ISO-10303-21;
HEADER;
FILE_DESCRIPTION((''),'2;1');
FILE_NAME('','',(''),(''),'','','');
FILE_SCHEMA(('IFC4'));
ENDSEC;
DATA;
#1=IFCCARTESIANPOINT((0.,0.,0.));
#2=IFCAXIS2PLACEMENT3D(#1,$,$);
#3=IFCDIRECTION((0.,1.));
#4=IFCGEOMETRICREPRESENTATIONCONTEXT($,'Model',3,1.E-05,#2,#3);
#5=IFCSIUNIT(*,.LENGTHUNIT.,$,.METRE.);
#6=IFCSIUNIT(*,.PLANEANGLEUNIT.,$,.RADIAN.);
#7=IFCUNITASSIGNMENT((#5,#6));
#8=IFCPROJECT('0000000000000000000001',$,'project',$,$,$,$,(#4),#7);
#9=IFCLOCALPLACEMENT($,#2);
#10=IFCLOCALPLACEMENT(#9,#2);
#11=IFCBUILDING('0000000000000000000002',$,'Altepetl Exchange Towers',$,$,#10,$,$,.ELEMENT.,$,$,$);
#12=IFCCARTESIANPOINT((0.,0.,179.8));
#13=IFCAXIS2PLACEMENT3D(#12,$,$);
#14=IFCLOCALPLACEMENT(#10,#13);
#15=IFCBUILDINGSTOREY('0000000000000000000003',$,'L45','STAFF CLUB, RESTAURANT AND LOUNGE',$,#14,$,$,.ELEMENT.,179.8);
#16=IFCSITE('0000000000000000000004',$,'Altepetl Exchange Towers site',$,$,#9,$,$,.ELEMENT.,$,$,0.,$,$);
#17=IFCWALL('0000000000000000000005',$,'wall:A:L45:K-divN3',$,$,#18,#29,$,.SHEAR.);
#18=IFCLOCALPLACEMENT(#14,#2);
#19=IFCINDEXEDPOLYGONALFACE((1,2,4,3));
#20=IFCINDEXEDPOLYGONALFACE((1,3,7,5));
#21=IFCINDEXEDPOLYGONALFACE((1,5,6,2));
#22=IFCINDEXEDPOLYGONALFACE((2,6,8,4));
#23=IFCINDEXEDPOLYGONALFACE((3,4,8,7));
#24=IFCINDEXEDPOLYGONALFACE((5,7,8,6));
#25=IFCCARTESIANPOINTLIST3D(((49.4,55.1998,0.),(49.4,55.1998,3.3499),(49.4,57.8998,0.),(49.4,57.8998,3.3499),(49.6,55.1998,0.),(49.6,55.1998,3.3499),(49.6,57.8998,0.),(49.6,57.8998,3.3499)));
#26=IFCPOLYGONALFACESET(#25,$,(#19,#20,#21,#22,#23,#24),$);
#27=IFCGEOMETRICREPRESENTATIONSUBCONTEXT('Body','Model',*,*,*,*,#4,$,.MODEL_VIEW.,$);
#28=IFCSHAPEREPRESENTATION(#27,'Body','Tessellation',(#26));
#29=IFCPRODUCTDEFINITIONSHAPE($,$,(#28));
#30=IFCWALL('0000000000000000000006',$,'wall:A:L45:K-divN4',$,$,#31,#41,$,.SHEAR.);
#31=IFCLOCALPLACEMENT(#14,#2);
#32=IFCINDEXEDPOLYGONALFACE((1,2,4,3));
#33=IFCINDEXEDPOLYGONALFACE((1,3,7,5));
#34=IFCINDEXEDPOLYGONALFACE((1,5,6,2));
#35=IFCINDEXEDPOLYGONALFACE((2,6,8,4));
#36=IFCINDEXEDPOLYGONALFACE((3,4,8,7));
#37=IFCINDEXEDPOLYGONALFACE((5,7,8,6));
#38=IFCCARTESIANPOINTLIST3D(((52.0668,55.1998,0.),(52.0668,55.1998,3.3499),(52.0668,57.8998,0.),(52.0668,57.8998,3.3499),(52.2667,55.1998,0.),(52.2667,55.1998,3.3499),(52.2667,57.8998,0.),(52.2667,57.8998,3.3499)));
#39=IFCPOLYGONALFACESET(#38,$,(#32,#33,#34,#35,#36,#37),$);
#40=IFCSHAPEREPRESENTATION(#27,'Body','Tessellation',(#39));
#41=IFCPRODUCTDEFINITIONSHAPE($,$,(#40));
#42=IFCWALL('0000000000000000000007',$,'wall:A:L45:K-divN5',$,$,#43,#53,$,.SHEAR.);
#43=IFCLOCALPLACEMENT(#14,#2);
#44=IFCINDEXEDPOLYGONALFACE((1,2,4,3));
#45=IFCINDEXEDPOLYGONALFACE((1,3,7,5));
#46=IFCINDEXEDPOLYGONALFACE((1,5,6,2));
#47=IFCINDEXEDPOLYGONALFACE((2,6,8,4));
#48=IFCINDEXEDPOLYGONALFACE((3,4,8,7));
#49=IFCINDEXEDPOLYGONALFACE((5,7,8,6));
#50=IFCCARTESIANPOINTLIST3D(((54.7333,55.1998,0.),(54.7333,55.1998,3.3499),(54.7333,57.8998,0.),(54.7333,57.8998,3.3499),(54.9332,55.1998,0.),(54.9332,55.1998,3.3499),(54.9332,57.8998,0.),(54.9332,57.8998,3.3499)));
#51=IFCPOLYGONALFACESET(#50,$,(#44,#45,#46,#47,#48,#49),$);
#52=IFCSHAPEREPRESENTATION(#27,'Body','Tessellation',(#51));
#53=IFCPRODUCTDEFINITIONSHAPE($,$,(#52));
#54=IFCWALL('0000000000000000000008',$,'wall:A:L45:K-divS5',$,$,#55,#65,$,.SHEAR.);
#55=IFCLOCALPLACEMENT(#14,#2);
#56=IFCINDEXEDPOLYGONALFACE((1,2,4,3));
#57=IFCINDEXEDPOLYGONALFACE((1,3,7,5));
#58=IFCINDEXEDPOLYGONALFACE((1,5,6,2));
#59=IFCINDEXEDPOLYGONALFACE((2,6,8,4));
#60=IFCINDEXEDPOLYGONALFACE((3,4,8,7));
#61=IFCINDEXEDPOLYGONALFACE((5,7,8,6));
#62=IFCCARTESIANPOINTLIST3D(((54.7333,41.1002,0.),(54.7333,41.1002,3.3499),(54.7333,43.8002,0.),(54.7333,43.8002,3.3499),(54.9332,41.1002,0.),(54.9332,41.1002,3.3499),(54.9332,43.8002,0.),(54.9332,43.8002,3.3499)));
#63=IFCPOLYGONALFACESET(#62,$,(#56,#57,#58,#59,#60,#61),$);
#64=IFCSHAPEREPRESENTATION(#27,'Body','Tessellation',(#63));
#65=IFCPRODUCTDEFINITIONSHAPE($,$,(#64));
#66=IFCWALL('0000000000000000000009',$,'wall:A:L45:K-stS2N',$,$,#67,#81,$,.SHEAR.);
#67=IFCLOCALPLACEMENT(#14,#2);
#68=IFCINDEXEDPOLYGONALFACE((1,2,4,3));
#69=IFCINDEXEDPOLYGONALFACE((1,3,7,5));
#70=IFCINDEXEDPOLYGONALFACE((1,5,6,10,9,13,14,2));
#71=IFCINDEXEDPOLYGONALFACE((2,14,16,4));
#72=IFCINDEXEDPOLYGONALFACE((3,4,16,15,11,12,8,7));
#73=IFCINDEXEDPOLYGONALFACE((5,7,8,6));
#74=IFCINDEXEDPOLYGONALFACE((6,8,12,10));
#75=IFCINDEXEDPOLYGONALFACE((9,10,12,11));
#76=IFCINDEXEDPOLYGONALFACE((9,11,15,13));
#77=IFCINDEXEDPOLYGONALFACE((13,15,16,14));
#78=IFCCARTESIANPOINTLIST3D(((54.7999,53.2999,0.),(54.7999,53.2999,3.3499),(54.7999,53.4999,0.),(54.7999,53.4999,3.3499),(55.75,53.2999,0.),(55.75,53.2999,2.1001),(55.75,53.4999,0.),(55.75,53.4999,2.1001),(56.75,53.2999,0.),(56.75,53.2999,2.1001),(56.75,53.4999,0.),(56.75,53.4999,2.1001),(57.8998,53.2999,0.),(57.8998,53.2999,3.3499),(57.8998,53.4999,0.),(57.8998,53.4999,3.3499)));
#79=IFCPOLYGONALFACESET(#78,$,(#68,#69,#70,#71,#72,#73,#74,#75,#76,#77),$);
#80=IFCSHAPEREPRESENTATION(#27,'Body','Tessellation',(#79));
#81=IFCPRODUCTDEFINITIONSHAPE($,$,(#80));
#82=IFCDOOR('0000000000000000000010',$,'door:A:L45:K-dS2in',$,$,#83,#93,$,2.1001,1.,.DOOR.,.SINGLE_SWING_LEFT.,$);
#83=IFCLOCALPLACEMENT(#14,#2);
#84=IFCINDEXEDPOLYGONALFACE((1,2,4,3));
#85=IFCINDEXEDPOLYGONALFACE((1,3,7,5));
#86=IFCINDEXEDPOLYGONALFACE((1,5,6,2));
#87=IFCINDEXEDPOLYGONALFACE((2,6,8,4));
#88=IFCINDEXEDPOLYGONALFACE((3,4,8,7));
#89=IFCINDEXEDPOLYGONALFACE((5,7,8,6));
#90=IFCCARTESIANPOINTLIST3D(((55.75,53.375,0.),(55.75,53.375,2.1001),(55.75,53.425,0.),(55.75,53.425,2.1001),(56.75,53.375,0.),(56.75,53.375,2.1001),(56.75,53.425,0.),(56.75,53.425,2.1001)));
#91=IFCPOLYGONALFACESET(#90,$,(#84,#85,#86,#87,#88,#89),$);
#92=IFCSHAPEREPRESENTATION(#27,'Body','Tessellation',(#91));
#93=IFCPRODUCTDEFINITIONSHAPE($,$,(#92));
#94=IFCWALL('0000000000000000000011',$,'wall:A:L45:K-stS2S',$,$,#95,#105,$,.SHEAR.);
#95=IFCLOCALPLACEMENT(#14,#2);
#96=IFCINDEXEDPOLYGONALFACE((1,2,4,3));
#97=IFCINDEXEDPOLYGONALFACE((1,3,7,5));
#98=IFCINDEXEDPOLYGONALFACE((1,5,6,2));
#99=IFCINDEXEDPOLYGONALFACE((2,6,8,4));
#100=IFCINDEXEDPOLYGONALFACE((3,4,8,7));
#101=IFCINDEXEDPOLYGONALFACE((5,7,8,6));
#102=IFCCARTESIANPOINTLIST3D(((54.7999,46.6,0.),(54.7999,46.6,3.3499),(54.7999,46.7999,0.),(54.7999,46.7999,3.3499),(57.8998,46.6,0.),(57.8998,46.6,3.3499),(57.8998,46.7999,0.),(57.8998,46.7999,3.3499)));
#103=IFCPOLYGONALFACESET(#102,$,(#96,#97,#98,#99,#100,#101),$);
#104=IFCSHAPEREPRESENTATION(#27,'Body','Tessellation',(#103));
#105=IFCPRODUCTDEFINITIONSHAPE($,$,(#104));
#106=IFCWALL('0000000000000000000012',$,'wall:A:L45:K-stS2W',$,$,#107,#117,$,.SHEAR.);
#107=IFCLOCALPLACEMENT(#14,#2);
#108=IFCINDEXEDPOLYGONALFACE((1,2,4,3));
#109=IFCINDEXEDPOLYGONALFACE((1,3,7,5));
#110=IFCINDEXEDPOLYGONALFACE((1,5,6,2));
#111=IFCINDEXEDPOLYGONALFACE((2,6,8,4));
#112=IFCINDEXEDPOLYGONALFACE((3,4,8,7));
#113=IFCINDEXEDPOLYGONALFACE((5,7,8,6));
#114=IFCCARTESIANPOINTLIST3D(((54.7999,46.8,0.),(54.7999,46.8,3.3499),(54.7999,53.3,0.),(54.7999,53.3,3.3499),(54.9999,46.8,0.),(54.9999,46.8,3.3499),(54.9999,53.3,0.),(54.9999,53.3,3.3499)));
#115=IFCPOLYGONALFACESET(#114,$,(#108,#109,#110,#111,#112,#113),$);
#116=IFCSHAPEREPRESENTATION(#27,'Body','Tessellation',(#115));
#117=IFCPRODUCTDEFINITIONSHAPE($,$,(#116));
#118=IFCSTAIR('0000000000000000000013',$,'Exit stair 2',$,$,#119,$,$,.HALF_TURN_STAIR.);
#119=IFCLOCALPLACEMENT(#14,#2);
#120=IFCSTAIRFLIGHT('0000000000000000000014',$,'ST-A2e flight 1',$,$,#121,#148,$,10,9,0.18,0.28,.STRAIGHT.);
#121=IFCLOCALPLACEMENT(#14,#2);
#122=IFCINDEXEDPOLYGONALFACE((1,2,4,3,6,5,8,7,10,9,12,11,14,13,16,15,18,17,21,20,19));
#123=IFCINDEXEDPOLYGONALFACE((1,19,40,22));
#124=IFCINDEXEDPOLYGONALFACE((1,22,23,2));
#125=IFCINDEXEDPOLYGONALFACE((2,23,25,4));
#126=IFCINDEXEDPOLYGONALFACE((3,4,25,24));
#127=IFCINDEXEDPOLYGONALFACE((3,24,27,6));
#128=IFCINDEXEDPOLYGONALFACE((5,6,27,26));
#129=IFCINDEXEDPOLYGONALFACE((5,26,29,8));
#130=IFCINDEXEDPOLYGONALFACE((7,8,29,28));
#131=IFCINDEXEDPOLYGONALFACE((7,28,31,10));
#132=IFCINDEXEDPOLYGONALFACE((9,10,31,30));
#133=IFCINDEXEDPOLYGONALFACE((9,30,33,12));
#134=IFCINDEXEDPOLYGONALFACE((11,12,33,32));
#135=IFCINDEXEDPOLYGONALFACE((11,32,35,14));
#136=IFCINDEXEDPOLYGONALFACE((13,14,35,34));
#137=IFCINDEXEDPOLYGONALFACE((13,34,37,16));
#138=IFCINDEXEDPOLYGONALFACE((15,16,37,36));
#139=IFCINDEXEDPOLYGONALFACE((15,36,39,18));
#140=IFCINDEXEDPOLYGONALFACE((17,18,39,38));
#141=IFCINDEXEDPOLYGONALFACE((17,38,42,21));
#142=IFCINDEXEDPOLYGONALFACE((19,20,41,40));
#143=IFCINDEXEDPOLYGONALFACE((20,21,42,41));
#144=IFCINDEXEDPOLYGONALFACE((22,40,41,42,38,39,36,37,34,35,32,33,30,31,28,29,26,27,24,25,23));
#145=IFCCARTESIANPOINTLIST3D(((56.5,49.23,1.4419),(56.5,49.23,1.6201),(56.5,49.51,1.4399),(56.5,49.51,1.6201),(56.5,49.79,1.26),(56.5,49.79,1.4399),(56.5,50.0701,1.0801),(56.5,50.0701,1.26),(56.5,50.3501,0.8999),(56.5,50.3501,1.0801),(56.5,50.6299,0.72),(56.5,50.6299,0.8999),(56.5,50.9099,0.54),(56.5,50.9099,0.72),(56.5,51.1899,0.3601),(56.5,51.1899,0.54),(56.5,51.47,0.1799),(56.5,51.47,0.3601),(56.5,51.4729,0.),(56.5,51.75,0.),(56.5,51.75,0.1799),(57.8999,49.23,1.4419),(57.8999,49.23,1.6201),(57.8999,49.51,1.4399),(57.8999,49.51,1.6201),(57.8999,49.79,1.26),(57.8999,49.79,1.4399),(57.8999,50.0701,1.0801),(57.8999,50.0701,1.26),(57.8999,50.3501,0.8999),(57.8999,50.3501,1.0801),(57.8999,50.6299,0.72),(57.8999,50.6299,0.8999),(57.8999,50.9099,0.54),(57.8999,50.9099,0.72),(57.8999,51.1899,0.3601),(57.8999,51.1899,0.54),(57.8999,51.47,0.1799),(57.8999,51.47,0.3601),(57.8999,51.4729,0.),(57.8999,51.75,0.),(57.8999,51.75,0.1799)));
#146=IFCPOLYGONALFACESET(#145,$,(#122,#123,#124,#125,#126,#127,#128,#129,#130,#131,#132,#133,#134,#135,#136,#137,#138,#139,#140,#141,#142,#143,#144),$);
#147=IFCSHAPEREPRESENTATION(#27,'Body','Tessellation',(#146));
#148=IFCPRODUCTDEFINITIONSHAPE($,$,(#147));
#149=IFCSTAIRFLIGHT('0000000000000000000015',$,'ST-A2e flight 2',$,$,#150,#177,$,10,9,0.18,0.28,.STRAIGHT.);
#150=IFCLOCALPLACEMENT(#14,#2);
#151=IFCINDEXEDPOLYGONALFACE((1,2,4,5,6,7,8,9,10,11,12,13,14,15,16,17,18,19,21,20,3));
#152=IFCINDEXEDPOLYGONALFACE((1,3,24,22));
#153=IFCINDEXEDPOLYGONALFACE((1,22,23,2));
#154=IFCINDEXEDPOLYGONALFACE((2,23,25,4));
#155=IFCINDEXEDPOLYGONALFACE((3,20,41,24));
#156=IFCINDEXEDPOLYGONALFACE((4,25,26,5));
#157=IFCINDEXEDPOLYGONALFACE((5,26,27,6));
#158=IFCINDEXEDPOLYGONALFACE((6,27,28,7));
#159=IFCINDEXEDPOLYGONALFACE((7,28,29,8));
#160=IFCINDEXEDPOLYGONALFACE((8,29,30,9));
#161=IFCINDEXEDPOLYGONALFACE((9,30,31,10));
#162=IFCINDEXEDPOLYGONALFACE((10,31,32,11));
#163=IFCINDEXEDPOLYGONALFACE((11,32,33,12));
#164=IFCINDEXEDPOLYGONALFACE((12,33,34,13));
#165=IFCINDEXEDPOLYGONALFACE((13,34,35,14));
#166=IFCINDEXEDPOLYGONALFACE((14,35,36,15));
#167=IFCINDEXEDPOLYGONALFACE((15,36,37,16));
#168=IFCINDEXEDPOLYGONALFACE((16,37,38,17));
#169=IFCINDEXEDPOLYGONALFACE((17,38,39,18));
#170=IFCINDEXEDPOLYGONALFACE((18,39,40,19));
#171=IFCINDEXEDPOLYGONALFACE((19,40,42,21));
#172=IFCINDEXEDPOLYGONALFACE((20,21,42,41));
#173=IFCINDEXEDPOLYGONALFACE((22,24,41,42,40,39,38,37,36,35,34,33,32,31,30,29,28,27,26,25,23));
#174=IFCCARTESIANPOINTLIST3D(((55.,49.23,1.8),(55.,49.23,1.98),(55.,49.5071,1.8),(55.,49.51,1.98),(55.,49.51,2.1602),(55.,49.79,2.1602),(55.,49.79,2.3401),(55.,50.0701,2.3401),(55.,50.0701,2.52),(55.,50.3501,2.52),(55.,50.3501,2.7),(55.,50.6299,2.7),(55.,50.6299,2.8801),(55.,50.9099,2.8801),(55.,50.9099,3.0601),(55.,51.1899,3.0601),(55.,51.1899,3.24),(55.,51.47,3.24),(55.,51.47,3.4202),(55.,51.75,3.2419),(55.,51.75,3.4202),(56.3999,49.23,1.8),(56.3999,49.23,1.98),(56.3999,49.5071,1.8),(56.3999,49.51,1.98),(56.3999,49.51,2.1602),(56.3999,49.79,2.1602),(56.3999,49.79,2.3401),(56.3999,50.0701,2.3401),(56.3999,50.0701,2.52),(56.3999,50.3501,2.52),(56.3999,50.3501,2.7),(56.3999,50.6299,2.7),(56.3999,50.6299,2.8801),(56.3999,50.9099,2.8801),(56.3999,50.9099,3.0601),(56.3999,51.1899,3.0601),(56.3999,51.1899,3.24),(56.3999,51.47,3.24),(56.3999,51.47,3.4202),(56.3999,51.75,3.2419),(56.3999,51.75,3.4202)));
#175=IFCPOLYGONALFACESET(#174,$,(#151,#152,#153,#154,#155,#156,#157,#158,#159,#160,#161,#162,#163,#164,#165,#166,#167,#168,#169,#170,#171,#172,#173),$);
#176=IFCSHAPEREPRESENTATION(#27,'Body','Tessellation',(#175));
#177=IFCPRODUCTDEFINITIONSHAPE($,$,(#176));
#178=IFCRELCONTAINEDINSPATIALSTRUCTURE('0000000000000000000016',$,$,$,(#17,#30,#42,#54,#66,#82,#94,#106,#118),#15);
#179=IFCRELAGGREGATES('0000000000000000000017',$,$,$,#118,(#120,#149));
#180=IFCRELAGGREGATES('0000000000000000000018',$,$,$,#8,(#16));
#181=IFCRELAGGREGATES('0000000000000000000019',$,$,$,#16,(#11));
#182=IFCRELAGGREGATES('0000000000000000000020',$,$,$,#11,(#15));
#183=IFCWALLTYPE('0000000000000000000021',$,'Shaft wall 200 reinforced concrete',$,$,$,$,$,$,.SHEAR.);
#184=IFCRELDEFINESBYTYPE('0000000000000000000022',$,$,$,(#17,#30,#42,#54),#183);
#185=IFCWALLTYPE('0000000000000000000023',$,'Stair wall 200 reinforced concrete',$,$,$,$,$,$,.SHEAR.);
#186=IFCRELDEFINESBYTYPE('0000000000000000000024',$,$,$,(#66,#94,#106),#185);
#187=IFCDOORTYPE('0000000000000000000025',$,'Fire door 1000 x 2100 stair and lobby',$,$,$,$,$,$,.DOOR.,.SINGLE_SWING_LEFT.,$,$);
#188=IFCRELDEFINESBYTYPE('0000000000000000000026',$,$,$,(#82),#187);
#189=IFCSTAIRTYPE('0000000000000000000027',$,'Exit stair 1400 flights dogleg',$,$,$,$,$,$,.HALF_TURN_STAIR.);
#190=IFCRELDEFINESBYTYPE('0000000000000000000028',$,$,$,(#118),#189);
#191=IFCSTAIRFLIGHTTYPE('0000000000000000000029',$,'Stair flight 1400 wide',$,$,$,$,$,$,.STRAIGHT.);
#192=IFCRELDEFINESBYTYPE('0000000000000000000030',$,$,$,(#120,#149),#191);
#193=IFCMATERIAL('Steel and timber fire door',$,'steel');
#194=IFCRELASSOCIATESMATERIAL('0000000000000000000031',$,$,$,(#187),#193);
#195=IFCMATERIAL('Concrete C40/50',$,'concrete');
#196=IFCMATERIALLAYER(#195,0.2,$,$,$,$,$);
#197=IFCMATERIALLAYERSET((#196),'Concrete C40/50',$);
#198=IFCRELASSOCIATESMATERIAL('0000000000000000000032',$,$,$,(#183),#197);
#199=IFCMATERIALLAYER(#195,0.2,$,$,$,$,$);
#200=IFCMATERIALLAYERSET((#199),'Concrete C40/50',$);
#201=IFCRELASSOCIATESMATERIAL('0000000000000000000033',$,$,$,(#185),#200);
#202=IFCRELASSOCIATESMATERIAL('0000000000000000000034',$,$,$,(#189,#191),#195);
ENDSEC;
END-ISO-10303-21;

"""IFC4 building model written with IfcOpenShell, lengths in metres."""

from ifc_helpers import new_model, si_unit, direction, frame, frame_2d, origin, place, context, subcontext, project, spatial, polyline, rectangle, outline, extrude, material, layer, layer_set, type_object, element, fill, aggregate, save


model = new_model("IFC4")

# Units and contexts
model_context = context("Model", 3, precision=1e-05, world=origin(), true_north=direction((0.0, 1.0)))
body_context = subcontext(model_context, "Body", "Model", "MODEL_VIEW")
ifc_project = project(units=[si_unit("LENGTHUNIT", "METRE"), si_unit("PLANEANGLEUNIT", "RADIAN")], contexts=[model_context])

# Site, building, storey
site_placement = place(None, origin())
site = spatial("IfcSite", under=ifc_project, at=site_placement, Name="Altepetl Exchange Towers site", CompositionType="ELEMENT", RefElevation=0.0)
building_placement = place(site_placement, origin())
building = spatial("IfcBuilding", under=site, at=building_placement, Name="Altepetl Exchange Towers", CompositionType="ELEMENT")
storey_placement = place(building_placement, frame((0.0, 0.0, 179.8)))
storey = spatial("IfcBuildingStorey", under=building, at=storey_placement, Name="L45", Description="STAFF CLUB, RESTAURANT AND LOUNGE", CompositionType="ELEMENT", Elevation=179.8)

# Shared definitions
ifc_material_1 = material(Name="Steel and timber fire door", Category="steel")
door_type_1 = type_object("IfcDoorType", Name="Fire door 1000 x 2100 stair and lobby", OperationType="SINGLE_SWING_LEFT", PredefinedType="DOOR", material=ifc_material_1)

# Walls
ifc_material_2 = material(Name="Concrete C40/50", Category="concrete")
ifc_layer_1 = layer(ifc_material_2, 0.2)
ifc_layer_set_1 = layer_set([ifc_layer_1], Name="Concrete C40/50")
wall_type_1 = type_object("IfcWallType", Name="Shaft wall 200 reinforced concrete", PredefinedType="SHEAR", material=ifc_layer_set_1)
for number, where, z_axis, x_axis, name in (
    (1, (49.5, 57.8999, 0.0), (0.0, 0.0, 1.0), (0.0, -1.0, 0.0), "wall:A:L45:K-divN3"),
    (2, (52.1667, 57.8999, 0.0), (0.0, 0.0, 1.0), (0.0, -1.0, 0.0), "wall:A:L45:K-divN4"),
    (3, (54.8333, 57.8999, 0.0), (0.0, 0.0, 1.0), (0.0, -1.0, 0.0), "wall:A:L45:K-divN5"),
    (4, (54.8333, 41.1001, 0.0), (0.0, 0.0, 1.0), (0.0, 1.0, 0.0), "wall:A:L45:K-divS5"),
):
    element("IfcWall", number, at=place(storey_placement, frame(where, z_axis=z_axis, x_axis=x_axis)), inside=storey, type_object=wall_type_1, Name=name, PredefinedType="SHEAR", context=body_context, shape_type="SweptSolid", body=[
        extrude(rectangle(XDim=2.7, YDim=0.2, at=frame_2d((1.3501, 0.0))), origin(), (0.0, 0.0, 1.0), 3.3499),
    ])

# Wall, opening, door
ifc_layer_2 = layer(ifc_material_2, 0.2)
ifc_layer_set_2 = layer_set([ifc_layer_2], Name="Concrete C40/50")
wall_type_2 = type_object("IfcWallType", Name="Stair wall 200 reinforced concrete", PredefinedType="SHEAR", material=ifc_layer_set_2)
wall_1_placement = place(storey_placement, frame((54.8, 53.3999, 0.0)))
wall_1 = element("IfcWall", 5, at=wall_1_placement, inside=storey, type_object=wall_type_2, Name="wall:A:L45:K-stS2N", PredefinedType="SHEAR", context=body_context, shape_type="SweptSolid", body=[
    extrude(rectangle(XDim=3.0999, YDim=0.2, at=frame_2d((1.5498, 0.0))), origin(), (0.0, 0.0, 1.0), 3.3499),
])
opening_1_placement = place(wall_1_placement, frame((0.95, 0.0, 0.0)))
opening_1 = element("IfcOpeningElement", 6, at=opening_1_placement, cuts=wall_1, PredefinedType="OPENING", context=body_context, shape_type="SweptSolid", body=[
    extrude(rectangle(XDim=1.0, YDim=2.1001, at=frame_2d((0.5, 1.05))), frame((0.0, 0.1099, 0.0), z_axis=(0.0, -1.0, 0.0), x_axis=(1.0, 0.0, 0.0)), (0.0, 0.0, 1.0), 0.22),
])
door_1_placement = place(opening_1_placement, frame((1.0, 0.0, 0.0), x_axis=(-1.0, 0.0, 0.0)))
door_1 = element("IfcDoor", 7, at=door_1_placement, inside=storey, type_object=door_type_1, Name="door:A:L45:K-dS2in", OperationType="SINGLE_SWING_LEFT", OverallHeight=2.1001, OverallWidth=1.0, PredefinedType="DOOR", context=body_context, shape_type="SweptSolid", body=[
    extrude(rectangle(XDim=1.0, YDim=2.1001, at=frame_2d((0.5, 1.05))), frame((0.0, 0.0249, 0.0), z_axis=(0.0, -1.0, 0.0), x_axis=(1.0, 0.0, 0.0)), (0.0, 0.0, 1.0), 0.05),
])
fill(opening_1, door_1)

# Walls
wall_2_placement = place(storey_placement, frame((54.8, 46.7, 0.0)))
element("IfcWall", 8, at=wall_2_placement, inside=storey, type_object=wall_type_2, Name="wall:A:L45:K-stS2S", PredefinedType="SHEAR", context=body_context, shape_type="SweptSolid", body=[
    extrude(rectangle(XDim=3.0999, YDim=0.2, at=frame_2d((1.5498, 0.0))), origin(), (0.0, 0.0, 1.0), 3.3499),
])
wall_3_placement = place(storey_placement, frame((54.8999, 46.8, 0.0), z_axis=(0.0, 0.0, 1.0), x_axis=(0.0, 1.0, 0.0)))
element("IfcWall", 9, at=wall_3_placement, inside=storey, type_object=wall_type_2, Name="wall:A:L45:K-stS2W", PredefinedType="SHEAR", context=body_context, shape_type="SweptSolid", body=[
    extrude(rectangle(XDim=6.5, YDim=0.2, at=frame_2d((3.25, 0.0))), origin(), (0.0, 0.0, 1.0), 3.3499),
])

# Stair, stair flights
stair_type = type_object("IfcStairType", Name="Exit stair 1400 flights dogleg", PredefinedType="HALF_TURN_STAIR", material=ifc_material_2)
stair_placement = place(storey_placement, origin())
stair = element("IfcStair", 10, at=stair_placement, inside=storey, type_object=stair_type, Name="Exit stair 2", PredefinedType="HALF_TURN_STAIR")
stair_flight_type = type_object("IfcStairFlightType", Name="Stair flight 1400 wide", PredefinedType="STRAIGHT", material=ifc_material_2)
stair_flight_1_placement = place(storey_placement, frame((57.2, 51.75, 0.0), z_axis=(0.0, 0.0, 1.0), x_axis=(0.0, -1.0, 0.0)))
stair_flight_1 = element("IfcStairFlight", 11, at=stair_flight_1_placement, type_object=stair_flight_type, Name="ST-A2e flight 1", NumberOfRisers=10, NumberOfTreads=9, PredefinedType="STRAIGHT", RiserHeight=0.18, TreadLength=0.28, context=body_context, shape_type="SweptSolid", body=[
    extrude(outline(polyline([(0.0, 0.0), (0.0, 0.1799), (0.28, 0.1799), (0.28, 0.3601), (0.5601, 0.3601), (0.5601, 0.54), (0.8401, 0.54), (0.8401, 0.72), (1.1201, 0.72), (1.1201, 0.8999), (1.3999, 0.8999), (1.3999, 1.0801), (1.6799, 1.0801), (1.6799, 1.26), (1.96, 1.26), (1.96, 1.4399), (2.24, 1.4399), (2.24, 1.6201), (2.52, 1.6201), (2.52, 1.8), (2.52, 1.4419), (0.2771, 0.0), (0.0, 0.0)])), frame((0.0, 0.7, 0.0), z_axis=(0.0, -1.0, 0.0), x_axis=(1.0, 0.0, 0.0)), (0.0, 0.0, 1.0), 1.3999),
])
stair_flight_2_placement = place(storey_placement, frame((55.7, 49.23, 1.8), z_axis=(0.0, 0.0, 1.0), x_axis=(0.0, 1.0, 0.0)))
stair_flight_2 = element("IfcStairFlight", 12, at=stair_flight_2_placement, type_object=stair_flight_type, Name="ST-A2e flight 2", NumberOfRisers=10, NumberOfTreads=9, PredefinedType="STRAIGHT", RiserHeight=0.18, TreadLength=0.28, context=body_context, shape_type="SweptSolid", body=[
    extrude(outline(polyline([(0.0, 0.0), (0.0, 0.1799), (0.28, 0.1799), (0.28, 0.3601), (0.5601, 0.3601), (0.5601, 0.54), (0.8401, 0.54), (0.8401, 0.72), (1.1201, 0.72), (1.1201, 0.8999), (1.3999, 0.8999), (1.3999, 1.0801), (1.6799, 1.0801), (1.6799, 1.26), (1.96, 1.26), (1.96, 1.4399), (2.24, 1.4399), (2.24, 1.6201), (2.52, 1.6201), (2.52, 1.8), (2.52, 1.4419), (0.2771, 0.0), (0.0, 0.0)])), frame((0.0, 0.7, 0.0), z_axis=(0.0, -1.0, 0.0), x_axis=(1.0, 0.0, 0.0)), (0.0, 0.0, 1.0), 1.3999),
])
aggregate(stair, [stair_flight_1, stair_flight_2])

save(model, "model.ifc")
